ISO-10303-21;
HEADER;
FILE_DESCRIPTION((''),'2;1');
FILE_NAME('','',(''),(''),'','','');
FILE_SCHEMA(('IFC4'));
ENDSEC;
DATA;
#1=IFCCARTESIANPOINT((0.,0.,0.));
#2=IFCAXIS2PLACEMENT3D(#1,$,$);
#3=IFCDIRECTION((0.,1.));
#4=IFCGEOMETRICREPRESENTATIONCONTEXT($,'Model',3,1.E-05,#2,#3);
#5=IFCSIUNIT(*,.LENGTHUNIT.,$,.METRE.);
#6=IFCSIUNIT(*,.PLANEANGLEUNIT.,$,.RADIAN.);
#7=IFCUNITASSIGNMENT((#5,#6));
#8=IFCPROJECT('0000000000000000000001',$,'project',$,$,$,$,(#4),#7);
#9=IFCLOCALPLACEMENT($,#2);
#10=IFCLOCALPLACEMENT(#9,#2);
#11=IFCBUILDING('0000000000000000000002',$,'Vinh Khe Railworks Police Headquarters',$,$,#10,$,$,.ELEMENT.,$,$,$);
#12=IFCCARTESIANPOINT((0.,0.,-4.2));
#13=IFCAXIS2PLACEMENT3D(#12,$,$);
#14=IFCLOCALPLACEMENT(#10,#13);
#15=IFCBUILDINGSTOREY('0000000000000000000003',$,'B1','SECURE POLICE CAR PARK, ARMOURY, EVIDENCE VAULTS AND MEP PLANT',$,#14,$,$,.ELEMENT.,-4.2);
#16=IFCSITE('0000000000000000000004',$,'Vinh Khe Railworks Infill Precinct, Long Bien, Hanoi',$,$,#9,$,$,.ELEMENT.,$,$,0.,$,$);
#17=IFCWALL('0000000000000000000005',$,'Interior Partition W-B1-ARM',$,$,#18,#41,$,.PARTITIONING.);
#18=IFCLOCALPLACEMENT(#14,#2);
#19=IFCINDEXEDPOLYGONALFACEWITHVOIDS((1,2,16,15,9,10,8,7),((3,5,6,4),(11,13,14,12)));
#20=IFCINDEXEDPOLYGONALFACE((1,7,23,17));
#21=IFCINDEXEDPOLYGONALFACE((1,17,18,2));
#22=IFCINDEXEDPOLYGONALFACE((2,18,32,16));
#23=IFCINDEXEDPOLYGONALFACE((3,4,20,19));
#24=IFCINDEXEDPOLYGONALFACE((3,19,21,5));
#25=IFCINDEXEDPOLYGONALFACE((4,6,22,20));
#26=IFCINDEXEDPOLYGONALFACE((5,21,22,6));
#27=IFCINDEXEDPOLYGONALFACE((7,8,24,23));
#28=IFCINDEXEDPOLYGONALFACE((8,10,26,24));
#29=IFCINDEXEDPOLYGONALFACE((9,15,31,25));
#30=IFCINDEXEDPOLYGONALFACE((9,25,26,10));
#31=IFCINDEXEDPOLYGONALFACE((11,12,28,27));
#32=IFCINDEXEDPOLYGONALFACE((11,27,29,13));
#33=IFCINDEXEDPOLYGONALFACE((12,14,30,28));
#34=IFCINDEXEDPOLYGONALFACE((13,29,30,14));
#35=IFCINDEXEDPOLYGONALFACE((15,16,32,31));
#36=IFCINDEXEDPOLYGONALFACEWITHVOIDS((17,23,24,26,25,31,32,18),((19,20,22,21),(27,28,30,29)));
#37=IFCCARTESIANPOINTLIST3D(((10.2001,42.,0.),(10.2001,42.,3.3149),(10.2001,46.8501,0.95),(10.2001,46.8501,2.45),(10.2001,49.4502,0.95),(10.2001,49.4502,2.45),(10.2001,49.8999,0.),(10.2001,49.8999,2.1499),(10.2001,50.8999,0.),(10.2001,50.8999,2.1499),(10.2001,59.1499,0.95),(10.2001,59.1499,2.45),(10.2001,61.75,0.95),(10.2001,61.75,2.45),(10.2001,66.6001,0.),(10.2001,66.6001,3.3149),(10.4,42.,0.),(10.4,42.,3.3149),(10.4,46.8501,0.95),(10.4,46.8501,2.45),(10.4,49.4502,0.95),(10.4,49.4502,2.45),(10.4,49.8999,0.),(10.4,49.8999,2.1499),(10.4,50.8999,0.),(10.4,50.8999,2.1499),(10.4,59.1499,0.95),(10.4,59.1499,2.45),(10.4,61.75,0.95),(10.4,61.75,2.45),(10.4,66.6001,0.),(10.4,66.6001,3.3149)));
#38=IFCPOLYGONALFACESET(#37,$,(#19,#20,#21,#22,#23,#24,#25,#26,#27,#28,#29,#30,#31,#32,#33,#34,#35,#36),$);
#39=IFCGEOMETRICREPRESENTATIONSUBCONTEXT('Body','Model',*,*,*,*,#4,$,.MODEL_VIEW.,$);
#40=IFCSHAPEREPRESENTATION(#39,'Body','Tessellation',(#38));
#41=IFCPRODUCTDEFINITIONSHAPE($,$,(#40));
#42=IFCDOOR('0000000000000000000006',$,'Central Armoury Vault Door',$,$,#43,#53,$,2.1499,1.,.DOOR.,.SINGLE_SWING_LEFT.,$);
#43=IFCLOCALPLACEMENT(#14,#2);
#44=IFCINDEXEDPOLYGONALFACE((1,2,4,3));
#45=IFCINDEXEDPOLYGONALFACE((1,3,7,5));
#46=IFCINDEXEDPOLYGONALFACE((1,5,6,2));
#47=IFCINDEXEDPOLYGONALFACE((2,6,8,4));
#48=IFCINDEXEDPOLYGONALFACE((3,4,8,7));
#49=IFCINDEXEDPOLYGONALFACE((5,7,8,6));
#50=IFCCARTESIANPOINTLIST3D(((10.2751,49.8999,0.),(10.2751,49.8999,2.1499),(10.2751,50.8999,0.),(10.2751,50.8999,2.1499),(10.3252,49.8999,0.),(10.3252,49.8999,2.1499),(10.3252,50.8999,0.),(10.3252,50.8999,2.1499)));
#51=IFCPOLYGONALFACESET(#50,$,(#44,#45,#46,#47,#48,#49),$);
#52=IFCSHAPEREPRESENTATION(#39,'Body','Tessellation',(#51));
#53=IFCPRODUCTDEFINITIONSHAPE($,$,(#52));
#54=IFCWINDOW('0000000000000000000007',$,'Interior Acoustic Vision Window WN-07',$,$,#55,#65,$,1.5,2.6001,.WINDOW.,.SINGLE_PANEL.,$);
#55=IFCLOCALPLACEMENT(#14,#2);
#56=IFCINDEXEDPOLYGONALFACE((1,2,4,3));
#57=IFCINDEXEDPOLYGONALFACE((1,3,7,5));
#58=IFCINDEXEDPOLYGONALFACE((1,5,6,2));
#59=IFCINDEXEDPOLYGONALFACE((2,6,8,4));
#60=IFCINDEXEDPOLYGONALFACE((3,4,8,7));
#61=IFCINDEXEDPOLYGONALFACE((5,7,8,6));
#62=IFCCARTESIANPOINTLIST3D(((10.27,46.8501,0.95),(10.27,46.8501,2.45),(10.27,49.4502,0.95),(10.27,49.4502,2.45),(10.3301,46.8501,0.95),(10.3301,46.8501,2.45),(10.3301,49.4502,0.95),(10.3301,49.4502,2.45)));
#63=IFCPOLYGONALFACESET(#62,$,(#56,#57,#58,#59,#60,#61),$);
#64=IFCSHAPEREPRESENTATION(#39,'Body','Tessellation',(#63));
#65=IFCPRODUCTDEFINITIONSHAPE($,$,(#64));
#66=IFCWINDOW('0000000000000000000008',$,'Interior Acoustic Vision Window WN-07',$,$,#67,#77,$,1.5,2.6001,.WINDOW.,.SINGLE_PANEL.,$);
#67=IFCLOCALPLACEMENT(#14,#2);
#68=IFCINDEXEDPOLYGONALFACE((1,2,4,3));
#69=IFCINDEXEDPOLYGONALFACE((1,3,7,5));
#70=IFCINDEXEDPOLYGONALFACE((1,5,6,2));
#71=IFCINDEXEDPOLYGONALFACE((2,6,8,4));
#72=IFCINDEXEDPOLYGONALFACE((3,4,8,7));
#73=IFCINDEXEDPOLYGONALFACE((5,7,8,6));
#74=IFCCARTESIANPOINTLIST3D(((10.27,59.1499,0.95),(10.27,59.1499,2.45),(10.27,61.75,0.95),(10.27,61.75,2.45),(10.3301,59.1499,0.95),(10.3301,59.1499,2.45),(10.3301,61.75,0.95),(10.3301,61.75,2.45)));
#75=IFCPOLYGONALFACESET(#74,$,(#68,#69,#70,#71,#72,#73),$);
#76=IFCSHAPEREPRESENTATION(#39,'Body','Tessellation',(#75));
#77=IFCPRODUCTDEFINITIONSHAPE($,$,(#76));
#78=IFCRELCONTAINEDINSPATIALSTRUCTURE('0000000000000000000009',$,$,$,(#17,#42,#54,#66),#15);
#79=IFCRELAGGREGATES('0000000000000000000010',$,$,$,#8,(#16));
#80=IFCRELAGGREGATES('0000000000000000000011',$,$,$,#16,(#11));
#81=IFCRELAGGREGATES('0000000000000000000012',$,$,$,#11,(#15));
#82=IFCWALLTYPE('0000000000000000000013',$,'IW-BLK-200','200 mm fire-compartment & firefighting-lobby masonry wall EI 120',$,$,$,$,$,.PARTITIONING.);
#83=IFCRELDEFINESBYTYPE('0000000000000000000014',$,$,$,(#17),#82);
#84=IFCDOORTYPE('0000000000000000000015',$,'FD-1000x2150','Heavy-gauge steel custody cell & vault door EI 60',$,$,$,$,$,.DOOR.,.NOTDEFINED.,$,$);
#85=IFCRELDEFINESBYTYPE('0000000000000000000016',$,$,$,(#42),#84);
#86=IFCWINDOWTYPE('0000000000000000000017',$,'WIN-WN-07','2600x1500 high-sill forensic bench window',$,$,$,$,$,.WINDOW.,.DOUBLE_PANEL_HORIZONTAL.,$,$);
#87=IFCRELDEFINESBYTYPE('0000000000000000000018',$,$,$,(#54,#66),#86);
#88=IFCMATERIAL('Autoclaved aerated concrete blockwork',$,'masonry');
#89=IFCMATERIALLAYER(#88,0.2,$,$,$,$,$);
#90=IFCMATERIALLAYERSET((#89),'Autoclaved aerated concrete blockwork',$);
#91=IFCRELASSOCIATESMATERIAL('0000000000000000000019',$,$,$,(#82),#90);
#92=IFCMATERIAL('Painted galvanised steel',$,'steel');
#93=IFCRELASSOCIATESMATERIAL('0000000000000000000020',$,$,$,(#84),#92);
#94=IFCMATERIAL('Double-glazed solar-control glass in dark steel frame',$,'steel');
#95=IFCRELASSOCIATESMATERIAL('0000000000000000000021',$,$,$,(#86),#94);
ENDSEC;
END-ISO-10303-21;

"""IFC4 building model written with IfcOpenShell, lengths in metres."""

from ifc_helpers import new_model, si_unit, direction, frame, frame_2d, origin, place, context, subcontext, project, spatial, rectangle, extrude, material, layer, layer_set, type_object, element, fill, save


model = new_model("IFC4")

# Units and contexts
model_context = context("Model", 3, precision=1e-05, world=origin(), true_north=direction((0.0, 1.0)))
body_context = subcontext(model_context, "Body", "Model", "MODEL_VIEW")
ifc_project = project(units=[si_unit("LENGTHUNIT", "METRE"), si_unit("PLANEANGLEUNIT", "RADIAN")], contexts=[model_context])

# Site, building, storey
site_placement = place(None, origin())
site = spatial("IfcSite", under=ifc_project, at=site_placement, Name="Vinh Khe Railworks Infill Precinct, Long Bien, Hanoi", CompositionType="ELEMENT", RefElevation=0.0)
building_placement = place(site_placement, origin())
building = spatial("IfcBuilding", under=site, at=building_placement, Name="Vinh Khe Railworks Police Headquarters", CompositionType="ELEMENT")
storey_placement = place(building_placement, frame((0.0, 0.0, -4.2)))
storey = spatial("IfcBuildingStorey", under=building, at=storey_placement, Name="B1", Description="SECURE POLICE CAR PARK, ARMOURY, EVIDENCE VAULTS AND MEP PLANT", CompositionType="ELEMENT", Elevation=-4.2)

# Wall, openings, door, windows
ifc_material_1 = material(Name="Autoclaved aerated concrete blockwork", Category="masonry")
ifc_layer = layer(ifc_material_1, 0.2)
ifc_layer_set = layer_set([ifc_layer], Name="Autoclaved aerated concrete blockwork")
wall_type = type_object("IfcWallType", Name="IW-BLK-200", Description="200 mm fire-compartment & firefighting-lobby masonry wall EI 120", PredefinedType="PARTITIONING", material=ifc_layer_set)
wall_placement = place(storey_placement, frame((10.3, 42.0, 0.0), z_axis=(0.0, 0.0, 1.0), x_axis=(0.0, 1.0, 0.0)))
wall = element("IfcWall", 1, at=wall_placement, inside=storey, type_object=wall_type, Name="Interior Partition W-B1-ARM", PredefinedType="PARTITIONING", context=body_context, shape_type="SweptSolid", body=[
    extrude(rectangle(XDim=24.6001, YDim=0.2, at=frame_2d((12.3, 0.0))), origin(), (0.0, 0.0, 1.0), 3.3149),
])
opening_1_placement = place(wall_placement, frame((7.8999, 0.0, 0.0)))
opening_1 = element("IfcOpeningElement", 2, at=opening_1_placement, cuts=wall, PredefinedType="OPENING", context=body_context, shape_type="SweptSolid", body=[
    extrude(rectangle(XDim=1.0, YDim=2.1499, at=frame_2d((0.5, 1.075))), frame((0.0, 0.1147, 0.0), z_axis=(0.0, -1.0, 0.0), x_axis=(1.0, 0.0, 0.0)), (0.0, 0.0, 1.0), 0.2297),
])
opening_2_placement = place(wall_placement, frame((4.8501, 0.0, 0.95)))
opening_2 = element("IfcOpeningElement", 3, at=opening_2_placement, cuts=wall, PredefinedType="OPENING", context=body_context, shape_type="SweptSolid", body=[
    extrude(rectangle(XDim=2.6001, YDim=1.5, at=frame_2d((1.3, 0.75))), frame((0.0, 0.1147, 0.0), z_axis=(0.0, -1.0, 0.0), x_axis=(1.0, 0.0, 0.0)), (0.0, 0.0, 1.0), 0.2297),
])
opening_3_placement = place(wall_placement, frame((17.1499, 0.0, 0.95)))
opening_3 = element("IfcOpeningElement", 4, at=opening_3_placement, cuts=wall, PredefinedType="OPENING", context=body_context, shape_type="SweptSolid", body=[
    extrude(rectangle(XDim=2.6001, YDim=1.5, at=frame_2d((1.3, 0.75))), frame((0.0, 0.1147, 0.0), z_axis=(0.0, -1.0, 0.0), x_axis=(1.0, 0.0, 0.0)), (0.0, 0.0, 1.0), 0.2297),
])
ifc_material_2 = material(Name="Painted galvanised steel", Category="steel")
door_type = type_object("IfcDoorType", Name="FD-1000x2150", Description="Heavy-gauge steel custody cell & vault door EI 60", OperationType="NOTDEFINED", PredefinedType="DOOR", material=ifc_material_2)
door_placement = place(opening_1_placement, origin())
door = element("IfcDoor", 5, at=door_placement, inside=storey, type_object=door_type, Name="Central Armoury Vault Door", OperationType="SINGLE_SWING_LEFT", OverallHeight=2.1499, OverallWidth=1.0, PredefinedType="DOOR", context=body_context, shape_type="SweptSolid", body=[
    extrude(rectangle(XDim=1.0, YDim=2.1499, at=frame_2d((0.5, 1.075))), frame((0.0, 0.0249, 0.0), z_axis=(0.0, -1.0, 0.0), x_axis=(1.0, 0.0, 0.0)), (0.0, 0.0, 1.0), 0.05),
])
fill(opening_1, door)
ifc_material_3 = material(Name="Double-glazed solar-control glass in dark steel frame", Category="steel")
window_type = type_object("IfcWindowType", Name="WIN-WN-07", Description="2600x1500 high-sill forensic bench window", PartitioningType="DOUBLE_PANEL_HORIZONTAL", PredefinedType="WINDOW", material=ifc_material_3)
window_1_placement = place(opening_2_placement, origin())
window_1 = element("IfcWindow", 6, at=window_1_placement, inside=storey, type_object=window_type, Name="Interior Acoustic Vision Window WN-07", OverallHeight=1.5, OverallWidth=2.6001, PartitioningType="SINGLE_PANEL", PredefinedType="WINDOW", context=body_context, shape_type="SweptSolid", body=[
    extrude(rectangle(XDim=2.6001, YDim=1.5, at=frame_2d((1.3, 0.75))), frame((0.0, 0.03, 0.0), z_axis=(0.0, -1.0, 0.0), x_axis=(1.0, 0.0, 0.0)), (0.0, 0.0, 1.0), 0.0601),
])
fill(opening_2, window_1)
window_2_placement = place(opening_3_placement, origin())
window_2 = element("IfcWindow", 7, at=window_2_placement, inside=storey, type_object=window_type, Name="Interior Acoustic Vision Window WN-07", OverallHeight=1.5, OverallWidth=2.6001, PartitioningType="SINGLE_PANEL", PredefinedType="WINDOW", context=body_context, shape_type="SweptSolid", body=[
    extrude(rectangle(XDim=2.6001, YDim=1.5, at=frame_2d((1.3, 0.75))), frame((0.0, 0.03, 0.0), z_axis=(0.0, -1.0, 0.0), x_axis=(1.0, 0.0, 0.0)), (0.0, 0.0, 1.0), 0.0601),
])
fill(opening_3, window_2)

save(model, "model.ifc")
